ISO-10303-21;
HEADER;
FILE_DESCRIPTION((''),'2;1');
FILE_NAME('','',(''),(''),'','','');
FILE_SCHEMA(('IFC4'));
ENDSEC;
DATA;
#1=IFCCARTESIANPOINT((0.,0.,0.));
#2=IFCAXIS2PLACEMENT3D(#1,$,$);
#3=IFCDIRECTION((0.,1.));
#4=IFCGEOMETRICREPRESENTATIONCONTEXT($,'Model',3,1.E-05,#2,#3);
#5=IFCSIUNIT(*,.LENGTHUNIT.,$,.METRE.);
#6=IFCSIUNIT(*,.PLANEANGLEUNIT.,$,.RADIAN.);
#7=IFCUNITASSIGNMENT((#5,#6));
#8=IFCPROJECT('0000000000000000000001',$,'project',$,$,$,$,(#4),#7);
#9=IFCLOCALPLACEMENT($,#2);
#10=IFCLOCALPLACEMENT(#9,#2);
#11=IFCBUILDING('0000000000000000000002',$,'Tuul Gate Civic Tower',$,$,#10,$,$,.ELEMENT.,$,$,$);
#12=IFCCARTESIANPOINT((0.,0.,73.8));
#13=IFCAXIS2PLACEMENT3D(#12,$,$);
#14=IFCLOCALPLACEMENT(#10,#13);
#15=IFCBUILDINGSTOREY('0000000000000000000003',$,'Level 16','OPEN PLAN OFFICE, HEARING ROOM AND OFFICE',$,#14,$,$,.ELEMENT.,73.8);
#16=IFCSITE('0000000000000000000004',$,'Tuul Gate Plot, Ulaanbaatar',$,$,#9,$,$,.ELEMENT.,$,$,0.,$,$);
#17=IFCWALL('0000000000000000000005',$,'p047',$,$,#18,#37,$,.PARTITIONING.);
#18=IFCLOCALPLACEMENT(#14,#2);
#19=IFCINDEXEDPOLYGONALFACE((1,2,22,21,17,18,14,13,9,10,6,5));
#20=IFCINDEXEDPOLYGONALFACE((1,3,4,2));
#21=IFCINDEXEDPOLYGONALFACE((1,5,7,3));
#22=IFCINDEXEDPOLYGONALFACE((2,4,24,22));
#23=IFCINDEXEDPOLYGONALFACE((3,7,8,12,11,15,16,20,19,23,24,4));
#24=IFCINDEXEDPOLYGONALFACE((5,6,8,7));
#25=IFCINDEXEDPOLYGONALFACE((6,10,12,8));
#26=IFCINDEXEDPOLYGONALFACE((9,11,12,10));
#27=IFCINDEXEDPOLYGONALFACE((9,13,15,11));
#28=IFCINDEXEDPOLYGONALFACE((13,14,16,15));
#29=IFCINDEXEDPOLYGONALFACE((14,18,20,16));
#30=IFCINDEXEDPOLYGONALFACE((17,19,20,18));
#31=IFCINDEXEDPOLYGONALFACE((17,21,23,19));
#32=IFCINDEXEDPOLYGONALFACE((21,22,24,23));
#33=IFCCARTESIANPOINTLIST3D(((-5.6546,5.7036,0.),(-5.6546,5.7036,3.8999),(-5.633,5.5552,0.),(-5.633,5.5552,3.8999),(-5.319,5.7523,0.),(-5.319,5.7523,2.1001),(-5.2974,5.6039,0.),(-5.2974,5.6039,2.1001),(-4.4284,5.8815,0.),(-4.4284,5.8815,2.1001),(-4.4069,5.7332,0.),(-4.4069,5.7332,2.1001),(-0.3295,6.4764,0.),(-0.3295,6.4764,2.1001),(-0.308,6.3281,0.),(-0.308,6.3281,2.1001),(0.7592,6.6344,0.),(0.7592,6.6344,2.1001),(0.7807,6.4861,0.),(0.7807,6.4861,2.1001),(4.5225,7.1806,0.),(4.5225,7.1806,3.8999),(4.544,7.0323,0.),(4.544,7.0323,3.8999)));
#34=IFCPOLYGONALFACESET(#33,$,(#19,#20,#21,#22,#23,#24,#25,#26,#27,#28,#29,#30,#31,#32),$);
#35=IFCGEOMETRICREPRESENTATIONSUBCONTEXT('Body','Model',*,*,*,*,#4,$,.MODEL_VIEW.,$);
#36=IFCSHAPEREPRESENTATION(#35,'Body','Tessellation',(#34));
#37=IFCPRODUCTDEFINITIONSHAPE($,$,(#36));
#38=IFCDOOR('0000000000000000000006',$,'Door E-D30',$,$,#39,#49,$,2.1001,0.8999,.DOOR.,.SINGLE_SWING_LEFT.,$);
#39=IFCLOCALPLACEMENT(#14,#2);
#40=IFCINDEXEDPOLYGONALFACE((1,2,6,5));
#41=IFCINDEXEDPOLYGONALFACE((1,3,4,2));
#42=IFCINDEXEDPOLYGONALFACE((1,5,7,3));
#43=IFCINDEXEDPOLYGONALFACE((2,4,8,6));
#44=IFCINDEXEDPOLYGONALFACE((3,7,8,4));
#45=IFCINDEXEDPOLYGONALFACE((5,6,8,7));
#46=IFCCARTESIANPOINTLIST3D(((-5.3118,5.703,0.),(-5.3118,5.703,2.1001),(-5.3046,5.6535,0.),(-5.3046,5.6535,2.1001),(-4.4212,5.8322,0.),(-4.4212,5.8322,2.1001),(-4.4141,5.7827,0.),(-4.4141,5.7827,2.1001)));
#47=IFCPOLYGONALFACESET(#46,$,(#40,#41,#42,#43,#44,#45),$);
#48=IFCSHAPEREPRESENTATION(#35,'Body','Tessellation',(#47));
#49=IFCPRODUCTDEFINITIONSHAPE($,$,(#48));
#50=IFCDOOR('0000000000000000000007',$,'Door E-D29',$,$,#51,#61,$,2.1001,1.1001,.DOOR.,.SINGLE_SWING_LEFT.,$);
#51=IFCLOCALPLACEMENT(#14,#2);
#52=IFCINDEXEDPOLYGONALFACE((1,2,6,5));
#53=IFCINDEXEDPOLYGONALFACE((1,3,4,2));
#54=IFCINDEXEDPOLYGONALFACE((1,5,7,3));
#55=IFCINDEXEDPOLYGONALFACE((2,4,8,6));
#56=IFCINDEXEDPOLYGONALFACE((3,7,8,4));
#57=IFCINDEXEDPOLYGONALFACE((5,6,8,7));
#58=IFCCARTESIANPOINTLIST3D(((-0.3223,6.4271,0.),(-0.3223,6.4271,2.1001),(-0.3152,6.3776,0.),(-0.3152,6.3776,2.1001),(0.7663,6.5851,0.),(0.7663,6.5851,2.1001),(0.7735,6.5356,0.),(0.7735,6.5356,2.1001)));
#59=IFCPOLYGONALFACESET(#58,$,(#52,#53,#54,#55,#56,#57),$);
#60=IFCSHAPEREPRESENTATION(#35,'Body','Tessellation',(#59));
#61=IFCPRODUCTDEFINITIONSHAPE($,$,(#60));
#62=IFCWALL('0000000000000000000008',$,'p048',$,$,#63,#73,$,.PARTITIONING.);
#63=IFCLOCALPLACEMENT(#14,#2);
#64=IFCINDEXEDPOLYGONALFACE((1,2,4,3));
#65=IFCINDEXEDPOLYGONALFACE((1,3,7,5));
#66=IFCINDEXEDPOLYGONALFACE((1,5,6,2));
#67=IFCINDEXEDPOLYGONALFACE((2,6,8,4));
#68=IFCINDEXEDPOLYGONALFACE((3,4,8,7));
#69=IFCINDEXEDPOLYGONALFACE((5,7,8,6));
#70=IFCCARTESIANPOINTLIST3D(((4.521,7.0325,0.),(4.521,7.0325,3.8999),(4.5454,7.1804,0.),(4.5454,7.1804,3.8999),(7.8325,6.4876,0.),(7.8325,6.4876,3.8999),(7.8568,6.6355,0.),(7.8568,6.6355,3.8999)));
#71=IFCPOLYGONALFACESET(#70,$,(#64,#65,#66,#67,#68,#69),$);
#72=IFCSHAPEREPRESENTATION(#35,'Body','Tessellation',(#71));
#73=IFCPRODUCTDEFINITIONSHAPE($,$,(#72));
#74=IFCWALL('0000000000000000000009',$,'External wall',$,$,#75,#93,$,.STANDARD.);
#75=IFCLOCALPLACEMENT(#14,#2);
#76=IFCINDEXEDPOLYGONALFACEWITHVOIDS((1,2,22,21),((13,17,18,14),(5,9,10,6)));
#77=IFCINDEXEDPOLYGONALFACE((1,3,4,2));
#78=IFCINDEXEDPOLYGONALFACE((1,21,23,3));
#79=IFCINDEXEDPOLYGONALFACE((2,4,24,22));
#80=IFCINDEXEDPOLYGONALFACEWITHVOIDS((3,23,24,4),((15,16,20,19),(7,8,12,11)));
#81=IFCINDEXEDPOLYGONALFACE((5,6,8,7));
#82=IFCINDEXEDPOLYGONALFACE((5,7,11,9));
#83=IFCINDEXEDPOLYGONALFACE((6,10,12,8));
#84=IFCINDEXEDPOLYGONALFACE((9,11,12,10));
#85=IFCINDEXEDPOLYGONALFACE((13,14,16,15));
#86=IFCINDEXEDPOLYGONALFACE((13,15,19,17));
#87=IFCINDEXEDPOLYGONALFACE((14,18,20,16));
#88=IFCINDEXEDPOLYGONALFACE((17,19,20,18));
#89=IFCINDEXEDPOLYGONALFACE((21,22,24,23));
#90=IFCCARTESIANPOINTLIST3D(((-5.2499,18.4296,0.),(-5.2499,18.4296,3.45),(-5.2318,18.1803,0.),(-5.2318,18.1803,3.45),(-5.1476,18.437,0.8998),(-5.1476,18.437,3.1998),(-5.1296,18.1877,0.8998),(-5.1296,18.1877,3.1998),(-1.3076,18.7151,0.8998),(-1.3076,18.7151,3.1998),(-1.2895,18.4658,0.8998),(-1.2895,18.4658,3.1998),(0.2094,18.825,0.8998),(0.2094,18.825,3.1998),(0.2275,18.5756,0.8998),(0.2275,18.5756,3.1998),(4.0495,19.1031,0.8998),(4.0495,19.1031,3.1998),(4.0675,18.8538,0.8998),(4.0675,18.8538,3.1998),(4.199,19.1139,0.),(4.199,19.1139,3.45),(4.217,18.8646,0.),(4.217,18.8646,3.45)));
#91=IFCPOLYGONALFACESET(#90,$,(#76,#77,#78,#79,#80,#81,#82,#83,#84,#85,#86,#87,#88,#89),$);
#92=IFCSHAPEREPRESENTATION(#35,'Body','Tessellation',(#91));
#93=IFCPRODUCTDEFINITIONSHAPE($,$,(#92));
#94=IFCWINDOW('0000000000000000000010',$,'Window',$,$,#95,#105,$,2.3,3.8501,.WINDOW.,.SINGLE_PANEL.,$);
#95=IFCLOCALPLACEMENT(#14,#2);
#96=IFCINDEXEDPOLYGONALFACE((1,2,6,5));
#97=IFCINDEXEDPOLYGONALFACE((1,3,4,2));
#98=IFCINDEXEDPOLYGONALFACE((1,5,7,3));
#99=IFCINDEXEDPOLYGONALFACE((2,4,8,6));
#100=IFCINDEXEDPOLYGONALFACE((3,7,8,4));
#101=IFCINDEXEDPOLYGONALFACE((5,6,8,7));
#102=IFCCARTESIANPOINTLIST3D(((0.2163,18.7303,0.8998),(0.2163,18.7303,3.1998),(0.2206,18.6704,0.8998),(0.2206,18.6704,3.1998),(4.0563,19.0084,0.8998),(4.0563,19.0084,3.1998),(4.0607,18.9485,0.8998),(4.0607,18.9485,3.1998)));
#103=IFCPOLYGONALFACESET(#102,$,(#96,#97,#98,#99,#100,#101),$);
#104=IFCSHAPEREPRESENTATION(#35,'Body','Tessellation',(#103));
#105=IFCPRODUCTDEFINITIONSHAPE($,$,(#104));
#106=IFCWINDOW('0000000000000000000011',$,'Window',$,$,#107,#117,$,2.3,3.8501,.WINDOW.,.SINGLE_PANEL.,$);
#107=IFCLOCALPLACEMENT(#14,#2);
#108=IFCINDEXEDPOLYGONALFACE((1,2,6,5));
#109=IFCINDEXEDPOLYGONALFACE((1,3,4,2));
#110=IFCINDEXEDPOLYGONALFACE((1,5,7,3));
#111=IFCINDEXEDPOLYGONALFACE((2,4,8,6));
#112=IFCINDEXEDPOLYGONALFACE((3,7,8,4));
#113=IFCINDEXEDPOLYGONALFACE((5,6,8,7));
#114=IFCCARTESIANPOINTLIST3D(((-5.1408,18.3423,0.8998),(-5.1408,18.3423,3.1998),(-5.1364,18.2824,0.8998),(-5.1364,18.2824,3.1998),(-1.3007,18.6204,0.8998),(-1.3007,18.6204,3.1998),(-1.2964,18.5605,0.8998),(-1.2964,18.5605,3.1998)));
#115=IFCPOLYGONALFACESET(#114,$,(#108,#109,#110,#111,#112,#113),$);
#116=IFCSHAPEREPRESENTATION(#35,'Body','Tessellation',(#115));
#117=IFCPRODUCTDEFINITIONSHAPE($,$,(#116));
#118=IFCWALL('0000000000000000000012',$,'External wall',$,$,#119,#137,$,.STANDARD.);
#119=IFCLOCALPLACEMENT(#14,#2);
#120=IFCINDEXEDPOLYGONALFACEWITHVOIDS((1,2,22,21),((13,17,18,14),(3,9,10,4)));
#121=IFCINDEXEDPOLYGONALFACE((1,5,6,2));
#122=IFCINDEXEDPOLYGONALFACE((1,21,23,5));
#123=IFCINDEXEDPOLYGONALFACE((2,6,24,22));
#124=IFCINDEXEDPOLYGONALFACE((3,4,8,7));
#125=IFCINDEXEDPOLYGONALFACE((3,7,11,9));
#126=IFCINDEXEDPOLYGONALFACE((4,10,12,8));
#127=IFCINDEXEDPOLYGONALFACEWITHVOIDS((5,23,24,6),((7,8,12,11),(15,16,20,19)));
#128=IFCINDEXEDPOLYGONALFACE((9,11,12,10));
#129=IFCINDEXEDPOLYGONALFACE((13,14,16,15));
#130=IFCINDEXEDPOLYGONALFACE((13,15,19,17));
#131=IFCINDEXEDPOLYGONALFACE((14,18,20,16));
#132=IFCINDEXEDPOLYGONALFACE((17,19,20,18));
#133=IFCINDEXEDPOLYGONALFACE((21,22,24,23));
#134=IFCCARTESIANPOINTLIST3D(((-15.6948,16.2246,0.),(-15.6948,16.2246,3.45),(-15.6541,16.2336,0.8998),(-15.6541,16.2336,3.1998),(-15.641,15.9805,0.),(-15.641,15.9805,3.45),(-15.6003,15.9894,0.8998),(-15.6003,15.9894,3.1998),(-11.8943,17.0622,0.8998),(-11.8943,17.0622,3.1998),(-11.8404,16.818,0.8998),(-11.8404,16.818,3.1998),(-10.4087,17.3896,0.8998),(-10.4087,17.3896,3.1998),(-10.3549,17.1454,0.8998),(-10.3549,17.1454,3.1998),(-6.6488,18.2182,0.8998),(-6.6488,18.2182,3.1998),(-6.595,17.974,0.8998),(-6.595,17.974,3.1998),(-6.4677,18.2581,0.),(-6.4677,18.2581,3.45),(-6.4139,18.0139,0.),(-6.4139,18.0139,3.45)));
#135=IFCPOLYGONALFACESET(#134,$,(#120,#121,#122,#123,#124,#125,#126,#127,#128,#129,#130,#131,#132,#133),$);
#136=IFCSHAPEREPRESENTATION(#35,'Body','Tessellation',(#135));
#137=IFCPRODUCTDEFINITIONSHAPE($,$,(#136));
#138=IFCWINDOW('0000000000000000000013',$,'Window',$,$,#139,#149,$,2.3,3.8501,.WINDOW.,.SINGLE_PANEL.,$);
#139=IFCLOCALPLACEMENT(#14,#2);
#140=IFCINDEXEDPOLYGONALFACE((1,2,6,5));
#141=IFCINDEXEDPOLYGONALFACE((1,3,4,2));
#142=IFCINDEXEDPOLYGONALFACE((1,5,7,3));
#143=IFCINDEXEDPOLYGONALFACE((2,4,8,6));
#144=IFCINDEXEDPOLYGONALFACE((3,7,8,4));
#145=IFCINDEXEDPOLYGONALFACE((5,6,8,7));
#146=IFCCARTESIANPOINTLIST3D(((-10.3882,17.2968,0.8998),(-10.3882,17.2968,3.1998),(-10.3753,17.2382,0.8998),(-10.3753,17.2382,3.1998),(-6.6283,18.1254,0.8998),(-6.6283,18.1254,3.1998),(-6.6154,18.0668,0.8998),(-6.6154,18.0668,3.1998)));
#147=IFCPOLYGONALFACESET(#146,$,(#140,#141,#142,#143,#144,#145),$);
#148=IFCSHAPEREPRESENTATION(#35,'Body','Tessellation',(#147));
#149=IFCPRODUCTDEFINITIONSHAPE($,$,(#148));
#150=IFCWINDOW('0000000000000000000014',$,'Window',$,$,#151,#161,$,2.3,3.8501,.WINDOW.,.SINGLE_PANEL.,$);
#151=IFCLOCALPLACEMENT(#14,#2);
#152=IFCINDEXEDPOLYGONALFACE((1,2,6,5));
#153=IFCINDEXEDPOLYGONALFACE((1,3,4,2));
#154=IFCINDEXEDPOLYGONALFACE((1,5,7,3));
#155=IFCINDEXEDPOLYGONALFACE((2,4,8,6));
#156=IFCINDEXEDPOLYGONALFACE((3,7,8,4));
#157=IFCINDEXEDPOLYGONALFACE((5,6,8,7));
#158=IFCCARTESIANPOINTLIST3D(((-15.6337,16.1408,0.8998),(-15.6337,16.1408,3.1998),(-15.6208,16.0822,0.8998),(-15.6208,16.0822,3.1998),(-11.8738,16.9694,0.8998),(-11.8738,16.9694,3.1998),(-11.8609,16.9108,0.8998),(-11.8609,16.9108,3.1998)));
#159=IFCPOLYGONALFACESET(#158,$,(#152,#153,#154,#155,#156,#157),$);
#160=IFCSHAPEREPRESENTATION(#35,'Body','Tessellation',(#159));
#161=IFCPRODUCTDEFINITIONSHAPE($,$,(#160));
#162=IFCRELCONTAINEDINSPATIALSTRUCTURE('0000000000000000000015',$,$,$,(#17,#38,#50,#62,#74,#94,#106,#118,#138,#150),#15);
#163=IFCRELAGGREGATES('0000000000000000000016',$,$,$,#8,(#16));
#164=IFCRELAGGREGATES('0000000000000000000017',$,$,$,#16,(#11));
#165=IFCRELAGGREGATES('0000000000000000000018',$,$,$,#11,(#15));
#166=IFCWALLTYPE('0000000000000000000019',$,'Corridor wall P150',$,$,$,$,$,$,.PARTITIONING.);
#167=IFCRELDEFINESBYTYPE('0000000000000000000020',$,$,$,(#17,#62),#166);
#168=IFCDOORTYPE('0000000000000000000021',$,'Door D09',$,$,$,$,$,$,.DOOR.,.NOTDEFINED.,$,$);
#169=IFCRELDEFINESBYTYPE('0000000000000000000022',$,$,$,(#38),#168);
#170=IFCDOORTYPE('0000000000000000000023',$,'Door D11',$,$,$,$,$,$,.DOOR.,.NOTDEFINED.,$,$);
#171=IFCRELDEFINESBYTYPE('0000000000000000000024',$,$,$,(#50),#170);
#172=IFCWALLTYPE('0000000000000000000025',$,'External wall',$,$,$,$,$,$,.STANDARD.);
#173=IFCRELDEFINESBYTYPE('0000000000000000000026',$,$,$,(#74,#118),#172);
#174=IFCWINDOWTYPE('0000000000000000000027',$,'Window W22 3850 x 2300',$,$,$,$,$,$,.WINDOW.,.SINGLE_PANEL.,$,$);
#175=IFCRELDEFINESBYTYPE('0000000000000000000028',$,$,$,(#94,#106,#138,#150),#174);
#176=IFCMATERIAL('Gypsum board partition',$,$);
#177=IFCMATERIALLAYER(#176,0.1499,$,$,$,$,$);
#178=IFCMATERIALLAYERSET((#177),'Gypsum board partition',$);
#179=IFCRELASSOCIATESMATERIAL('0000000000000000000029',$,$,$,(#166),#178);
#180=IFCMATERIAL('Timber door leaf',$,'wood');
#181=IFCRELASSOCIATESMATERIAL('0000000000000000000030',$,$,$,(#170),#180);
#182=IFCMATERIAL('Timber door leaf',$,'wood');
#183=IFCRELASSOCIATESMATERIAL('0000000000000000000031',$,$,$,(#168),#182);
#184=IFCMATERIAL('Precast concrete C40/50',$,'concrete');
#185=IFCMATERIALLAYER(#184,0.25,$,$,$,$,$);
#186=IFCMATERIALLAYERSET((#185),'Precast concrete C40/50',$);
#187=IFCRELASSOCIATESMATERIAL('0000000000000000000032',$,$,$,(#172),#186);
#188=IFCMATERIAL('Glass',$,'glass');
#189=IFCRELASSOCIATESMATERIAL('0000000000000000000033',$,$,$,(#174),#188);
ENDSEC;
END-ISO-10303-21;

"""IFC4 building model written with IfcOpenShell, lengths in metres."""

from ifc_helpers import new_model, si_unit, direction, frame, frame_2d, origin, place, context, subcontext, project, spatial, rectangle, extrude, material, layer, layer_set, type_object, element, fill, save


model = new_model("IFC4")

# Units and contexts
model_context = context("Model", 3, precision=1e-05, world=origin(), true_north=direction((0.0, 1.0)))
body_context = subcontext(model_context, "Body", "Model", "MODEL_VIEW")
ifc_project = project(units=[si_unit("LENGTHUNIT", "METRE"), si_unit("PLANEANGLEUNIT", "RADIAN")], contexts=[model_context])

# Site, building, storey
site_placement = place(None, origin())
site = spatial("IfcSite", under=ifc_project, at=site_placement, Name="Tuul Gate Plot, Ulaanbaatar", CompositionType="ELEMENT", RefElevation=0.0)
building_placement = place(site_placement, origin())
building = spatial("IfcBuilding", under=site, at=building_placement, Name="Tuul Gate Civic Tower", CompositionType="ELEMENT")
storey_placement = place(building_placement, frame((0.0, 0.0, 73.8)))
storey = spatial("IfcBuildingStorey", under=building, at=storey_placement, Name="Level 16", Description="OPEN PLAN OFFICE, HEARING ROOM AND OFFICE", CompositionType="ELEMENT", Elevation=73.8)

# Shared definitions
ifc_material_1 = material(Name="Gypsum board partition")
ifc_layer_1 = layer(ifc_material_1, 0.1499)
ifc_layer_set_1 = layer_set([ifc_layer_1], Name="Gypsum board partition")
wall_type_1 = type_object("IfcWallType", Name="Corridor wall P150", PredefinedType="PARTITIONING", material=ifc_layer_set_1)

# Shared definitions
ifc_material_2 = material(Name="Timber door leaf", Category="wood")
door_type_1 = type_object("IfcDoorType", Name="Door D11", OperationType="NOTDEFINED", PredefinedType="DOOR", material=ifc_material_2)

# Wall, openings, doors
wall_1_placement = place(storey_placement, frame((-5.6438, 5.6294, 0.0), z_axis=(0.0, 0.0, 1.0), x_axis=(0.989631, 0.143631, 0.0)))
wall_1 = element("IfcWall", 1, at=wall_1_placement, inside=storey, type_object=wall_type_1, Name="p047", PredefinedType="PARTITIONING", context=body_context, shape_type="SweptSolid", body=[
    extrude(rectangle(XDim=10.2837, YDim=0.1499, at=frame_2d((5.1418, 0.0))), origin(), (0.0, 0.0, 1.0), 3.8999),
])
opening_1_placement = place(wall_1_placement, frame((5.3809, 0.0, 0.0)))
opening_1 = element("IfcOpeningElement", 2, at=opening_1_placement, cuts=wall_1, PredefinedType="OPENING", context=body_context, shape_type="SweptSolid", body=[
    extrude(rectangle(XDim=1.1001, YDim=2.1001, at=frame_2d((0.55, 1.05))), frame((0.0, 0.085, 0.0), z_axis=(0.0, -1.0, 0.0), x_axis=(1.0, 0.0, 0.0)), (0.0, 0.0, 1.0), 0.1699),
])
opening_2_placement = place(wall_1_placement, frame((0.3391, 0.0, 0.0)))
opening_2 = element("IfcOpeningElement", 3, at=opening_2_placement, cuts=wall_1, PredefinedType="OPENING", context=body_context, shape_type="SweptSolid", body=[
    extrude(rectangle(XDim=0.8999, YDim=2.1001, at=frame_2d((0.45, 1.05))), frame((0.0, 0.085, 0.0), z_axis=(0.0, -1.0, 0.0), x_axis=(1.0, 0.0, 0.0)), (0.0, 0.0, 1.0), 0.1699),
])
ifc_material_3 = material(Name="Timber door leaf", Category="wood")
door_type_2 = type_object("IfcDoorType", Name="Door D09", OperationType="NOTDEFINED", PredefinedType="DOOR", material=ifc_material_3)
door_1_placement = place(opening_2_placement, frame((0.8999, 0.0, 0.0), z_axis=(0.0, 0.0, 1.0), x_axis=(-1.0, 0.0, 0.0)))
door_1 = element("IfcDoor", 4, at=door_1_placement, inside=storey, type_object=door_type_2, Name="Door E-D30", OperationType="SINGLE_SWING_LEFT", OverallHeight=2.1001, OverallWidth=0.8999, PredefinedType="DOOR", context=body_context, shape_type="SweptSolid", body=[
    extrude(rectangle(XDim=0.8999, YDim=2.1001, at=frame_2d((0.45, 1.05))), frame((0.0, 0.0249, 0.0), z_axis=(0.0, -1.0, 0.0), x_axis=(1.0, 0.0, 0.0)), (0.0, 0.0, 1.0), 0.05),
])
fill(opening_2, door_1)
door_2_placement = place(opening_1_placement, frame((1.1001, 0.0, 0.0), z_axis=(0.0, 0.0, 1.0), x_axis=(-1.0, 0.0, 0.0)))
door_2 = element("IfcDoor", 5, at=door_2_placement, inside=storey, type_object=door_type_1, Name="Door E-D29", OperationType="SINGLE_SWING_LEFT", OverallHeight=2.1001, OverallWidth=1.1001, PredefinedType="DOOR", context=body_context, shape_type="SweptSolid", body=[
    extrude(rectangle(XDim=1.1001, YDim=2.1001, at=frame_2d((0.55, 1.05))), frame((0.0, 0.0249, 0.0), z_axis=(0.0, -1.0, 0.0), x_axis=(1.0, 0.0, 0.0)), (0.0, 0.0, 1.0), 0.05),
])
fill(opening_1, door_2)

# Wall
wall_2_placement = place(storey_placement, frame((4.5332, 7.1064, 0.0), z_axis=(0.0, 0.0, 1.0), x_axis=(0.98673, -0.16237, 0.0)))
element("IfcWall", 6, at=wall_2_placement, inside=storey, type_object=wall_type_1, Name="p048", PredefinedType="PARTITIONING", context=body_context, shape_type="SweptSolid", body=[
    extrude(rectangle(XDim=3.356, YDim=0.1499, at=frame_2d((1.678, 0.0))), origin(), (0.0, 0.0, 1.0), 3.8999),
])

# Walls, openings, windows
ifc_material_4 = material(Name="Precast concrete C40/50", Category="concrete")
ifc_layer_2 = layer(ifc_material_4, 0.25)
ifc_layer_set_2 = layer_set([ifc_layer_2], Name="Precast concrete C40/50")
wall_type_2 = type_object("IfcWallType", Name="External wall", PredefinedType="STANDARD", material=ifc_layer_set_2)
wall_3_placement = place(storey_placement, frame((4.208, 18.9893, 0.0), z_axis=(0.0, 0.0, 1.0), x_axis=(-0.997388, -0.072234, 0.0)))
wall_3 = element("IfcWall", 7, at=wall_3_placement, inside=storey, type_object=wall_type_2, Name="External wall", PredefinedType="STANDARD", context=body_context, shape_type="SweptSolid", body=[
    extrude(rectangle(XDim=9.4736, YDim=0.25, at=frame_2d((4.7368, 0.0))), origin(), (0.0, 0.0, 1.0), 3.45),
])
opening_3_placement = place(wall_3_placement, frame((0.1499, 0.0, 0.8999)))
opening_3 = element("IfcOpeningElement", 8, at=opening_3_placement, cuts=wall_3, PredefinedType="OPENING", context=body_context, shape_type="SweptSolid", body=[
    extrude(rectangle(XDim=3.8501, YDim=2.3, at=frame_2d((1.925, 1.1499))), frame((0.0, 0.135, 0.0), z_axis=(0.0, -1.0, 0.0), x_axis=(1.0, 0.0, 0.0)), (0.0, 0.0, 1.0), 0.27),
])
opening_4_placement = place(wall_3_placement, frame((5.521, 0.0, 0.8999)))
opening_4 = element("IfcOpeningElement", 9, at=opening_4_placement, cuts=wall_3, PredefinedType="OPENING", context=body_context, shape_type="SweptSolid", body=[
    extrude(rectangle(XDim=3.8501, YDim=2.3, at=frame_2d((1.925, 1.1499))), frame((0.0, 0.135, 0.0), z_axis=(0.0, -1.0, 0.0), x_axis=(1.0, 0.0, 0.0)), (0.0, 0.0, 1.0), 0.27),
])
ifc_material_5 = material(Name="Glass", Category="glass")
window_type = type_object("IfcWindowType", Name="Window W22 3850 x 2300", PartitioningType="SINGLE_PANEL", PredefinedType="WINDOW", material=ifc_material_5)
window_1_placement = place(opening_3_placement, origin())
window_1 = element("IfcWindow", 10, at=window_1_placement, inside=storey, type_object=window_type, Name="Window", OverallHeight=2.3, OverallWidth=3.8501, PartitioningType="SINGLE_PANEL", PredefinedType="WINDOW", context=body_context, shape_type="SweptSolid", body=[
    extrude(rectangle(XDim=3.8501, YDim=2.3, at=frame_2d((1.925, 1.1499))), frame((0.0, 0.03, 0.0), z_axis=(0.0, -1.0, 0.0), x_axis=(1.0, 0.0, 0.0)), (0.0, 0.0, 1.0), 0.0601),
])
fill(opening_3, window_1)
window_2_placement = place(opening_4_placement, origin())
window_2 = element("IfcWindow", 11, at=window_2_placement, inside=storey, type_object=window_type, Name="Window", OverallHeight=2.3, OverallWidth=3.8501, PartitioningType="SINGLE_PANEL", PredefinedType="WINDOW", context=body_context, shape_type="SweptSolid", body=[
    extrude(rectangle(XDim=3.8501, YDim=2.3, at=frame_2d((1.925, 1.1499))), frame((0.0, 0.03, 0.0), z_axis=(0.0, -1.0, 0.0), x_axis=(1.0, 0.0, 0.0)), (0.0, 0.0, 1.0), 0.0601),
])
fill(opening_4, window_2)
wall_4_placement = place(storey_placement, frame((-6.4409, 18.136, 0.0), z_axis=(0.0, 0.0, 1.0), x_axis=(-0.976567, -0.215215, 0.0)))
wall_4 = element("IfcWall", 12, at=wall_4_placement, inside=storey, type_object=wall_type_2, Name="External wall", PredefinedType="STANDARD", context=body_context, shape_type="SweptSolid", body=[
    extrude(rectangle(XDim=9.4485, YDim=0.25, at=frame_2d((4.7241, 0.0))), origin(), (0.0, 0.0, 1.0), 3.45),
])
opening_5_placement = place(wall_4_placement, frame((0.1853, 0.0, 0.8999)))
opening_5 = element("IfcOpeningElement", 13, at=opening_5_placement, cuts=wall_4, PredefinedType="OPENING", context=body_context, shape_type="SweptSolid", body=[
    extrude(rectangle(XDim=3.8501, YDim=2.3, at=frame_2d((1.925, 1.1499))), frame((0.0, 0.135, 0.0), z_axis=(0.0, -1.0, 0.0), x_axis=(1.0, 0.0, 0.0)), (0.0, 0.0, 1.0), 0.27),
])
opening_6_placement = place(wall_4_placement, frame((5.5566, 0.0, 0.8999)))
opening_6 = element("IfcOpeningElement", 14, at=opening_6_placement, cuts=wall_4, PredefinedType="OPENING", context=body_context, shape_type="SweptSolid", body=[
    extrude(rectangle(XDim=3.8501, YDim=2.3, at=frame_2d((1.925, 1.1499))), frame((0.0, 0.135, 0.0), z_axis=(0.0, -1.0, 0.0), x_axis=(1.0, 0.0, 0.0)), (0.0, 0.0, 1.0), 0.27),
])
window_3_placement = place(opening_5_placement, origin())
window_3 = element("IfcWindow", 15, at=window_3_placement, inside=storey, type_object=window_type, Name="Window", OverallHeight=2.3, OverallWidth=3.8501, PartitioningType="SINGLE_PANEL", PredefinedType="WINDOW", context=body_context, shape_type="SweptSolid", body=[
    extrude(rectangle(XDim=3.8501, YDim=2.3, at=frame_2d((1.925, 1.1499))), frame((0.0, 0.03, 0.0), z_axis=(0.0, -1.0, 0.0), x_axis=(1.0, 0.0, 0.0)), (0.0, 0.0, 1.0), 0.0601),
])
fill(opening_5, window_3)
window_4_placement = place(opening_6_placement, origin())
window_4 = element("IfcWindow", 16, at=window_4_placement, inside=storey, type_object=window_type, Name="Window", OverallHeight=2.3, OverallWidth=3.8501, PartitioningType="SINGLE_PANEL", PredefinedType="WINDOW", context=body_context, shape_type="SweptSolid", body=[
    extrude(rectangle(XDim=3.8501, YDim=2.3, at=frame_2d((1.925, 1.1499))), frame((0.0, 0.03, 0.0), z_axis=(0.0, -1.0, 0.0), x_axis=(1.0, 0.0, 0.0)), (0.0, 0.0, 1.0), 0.0601),
])
fill(opening_6, window_4)

save(model, "model.ifc")
